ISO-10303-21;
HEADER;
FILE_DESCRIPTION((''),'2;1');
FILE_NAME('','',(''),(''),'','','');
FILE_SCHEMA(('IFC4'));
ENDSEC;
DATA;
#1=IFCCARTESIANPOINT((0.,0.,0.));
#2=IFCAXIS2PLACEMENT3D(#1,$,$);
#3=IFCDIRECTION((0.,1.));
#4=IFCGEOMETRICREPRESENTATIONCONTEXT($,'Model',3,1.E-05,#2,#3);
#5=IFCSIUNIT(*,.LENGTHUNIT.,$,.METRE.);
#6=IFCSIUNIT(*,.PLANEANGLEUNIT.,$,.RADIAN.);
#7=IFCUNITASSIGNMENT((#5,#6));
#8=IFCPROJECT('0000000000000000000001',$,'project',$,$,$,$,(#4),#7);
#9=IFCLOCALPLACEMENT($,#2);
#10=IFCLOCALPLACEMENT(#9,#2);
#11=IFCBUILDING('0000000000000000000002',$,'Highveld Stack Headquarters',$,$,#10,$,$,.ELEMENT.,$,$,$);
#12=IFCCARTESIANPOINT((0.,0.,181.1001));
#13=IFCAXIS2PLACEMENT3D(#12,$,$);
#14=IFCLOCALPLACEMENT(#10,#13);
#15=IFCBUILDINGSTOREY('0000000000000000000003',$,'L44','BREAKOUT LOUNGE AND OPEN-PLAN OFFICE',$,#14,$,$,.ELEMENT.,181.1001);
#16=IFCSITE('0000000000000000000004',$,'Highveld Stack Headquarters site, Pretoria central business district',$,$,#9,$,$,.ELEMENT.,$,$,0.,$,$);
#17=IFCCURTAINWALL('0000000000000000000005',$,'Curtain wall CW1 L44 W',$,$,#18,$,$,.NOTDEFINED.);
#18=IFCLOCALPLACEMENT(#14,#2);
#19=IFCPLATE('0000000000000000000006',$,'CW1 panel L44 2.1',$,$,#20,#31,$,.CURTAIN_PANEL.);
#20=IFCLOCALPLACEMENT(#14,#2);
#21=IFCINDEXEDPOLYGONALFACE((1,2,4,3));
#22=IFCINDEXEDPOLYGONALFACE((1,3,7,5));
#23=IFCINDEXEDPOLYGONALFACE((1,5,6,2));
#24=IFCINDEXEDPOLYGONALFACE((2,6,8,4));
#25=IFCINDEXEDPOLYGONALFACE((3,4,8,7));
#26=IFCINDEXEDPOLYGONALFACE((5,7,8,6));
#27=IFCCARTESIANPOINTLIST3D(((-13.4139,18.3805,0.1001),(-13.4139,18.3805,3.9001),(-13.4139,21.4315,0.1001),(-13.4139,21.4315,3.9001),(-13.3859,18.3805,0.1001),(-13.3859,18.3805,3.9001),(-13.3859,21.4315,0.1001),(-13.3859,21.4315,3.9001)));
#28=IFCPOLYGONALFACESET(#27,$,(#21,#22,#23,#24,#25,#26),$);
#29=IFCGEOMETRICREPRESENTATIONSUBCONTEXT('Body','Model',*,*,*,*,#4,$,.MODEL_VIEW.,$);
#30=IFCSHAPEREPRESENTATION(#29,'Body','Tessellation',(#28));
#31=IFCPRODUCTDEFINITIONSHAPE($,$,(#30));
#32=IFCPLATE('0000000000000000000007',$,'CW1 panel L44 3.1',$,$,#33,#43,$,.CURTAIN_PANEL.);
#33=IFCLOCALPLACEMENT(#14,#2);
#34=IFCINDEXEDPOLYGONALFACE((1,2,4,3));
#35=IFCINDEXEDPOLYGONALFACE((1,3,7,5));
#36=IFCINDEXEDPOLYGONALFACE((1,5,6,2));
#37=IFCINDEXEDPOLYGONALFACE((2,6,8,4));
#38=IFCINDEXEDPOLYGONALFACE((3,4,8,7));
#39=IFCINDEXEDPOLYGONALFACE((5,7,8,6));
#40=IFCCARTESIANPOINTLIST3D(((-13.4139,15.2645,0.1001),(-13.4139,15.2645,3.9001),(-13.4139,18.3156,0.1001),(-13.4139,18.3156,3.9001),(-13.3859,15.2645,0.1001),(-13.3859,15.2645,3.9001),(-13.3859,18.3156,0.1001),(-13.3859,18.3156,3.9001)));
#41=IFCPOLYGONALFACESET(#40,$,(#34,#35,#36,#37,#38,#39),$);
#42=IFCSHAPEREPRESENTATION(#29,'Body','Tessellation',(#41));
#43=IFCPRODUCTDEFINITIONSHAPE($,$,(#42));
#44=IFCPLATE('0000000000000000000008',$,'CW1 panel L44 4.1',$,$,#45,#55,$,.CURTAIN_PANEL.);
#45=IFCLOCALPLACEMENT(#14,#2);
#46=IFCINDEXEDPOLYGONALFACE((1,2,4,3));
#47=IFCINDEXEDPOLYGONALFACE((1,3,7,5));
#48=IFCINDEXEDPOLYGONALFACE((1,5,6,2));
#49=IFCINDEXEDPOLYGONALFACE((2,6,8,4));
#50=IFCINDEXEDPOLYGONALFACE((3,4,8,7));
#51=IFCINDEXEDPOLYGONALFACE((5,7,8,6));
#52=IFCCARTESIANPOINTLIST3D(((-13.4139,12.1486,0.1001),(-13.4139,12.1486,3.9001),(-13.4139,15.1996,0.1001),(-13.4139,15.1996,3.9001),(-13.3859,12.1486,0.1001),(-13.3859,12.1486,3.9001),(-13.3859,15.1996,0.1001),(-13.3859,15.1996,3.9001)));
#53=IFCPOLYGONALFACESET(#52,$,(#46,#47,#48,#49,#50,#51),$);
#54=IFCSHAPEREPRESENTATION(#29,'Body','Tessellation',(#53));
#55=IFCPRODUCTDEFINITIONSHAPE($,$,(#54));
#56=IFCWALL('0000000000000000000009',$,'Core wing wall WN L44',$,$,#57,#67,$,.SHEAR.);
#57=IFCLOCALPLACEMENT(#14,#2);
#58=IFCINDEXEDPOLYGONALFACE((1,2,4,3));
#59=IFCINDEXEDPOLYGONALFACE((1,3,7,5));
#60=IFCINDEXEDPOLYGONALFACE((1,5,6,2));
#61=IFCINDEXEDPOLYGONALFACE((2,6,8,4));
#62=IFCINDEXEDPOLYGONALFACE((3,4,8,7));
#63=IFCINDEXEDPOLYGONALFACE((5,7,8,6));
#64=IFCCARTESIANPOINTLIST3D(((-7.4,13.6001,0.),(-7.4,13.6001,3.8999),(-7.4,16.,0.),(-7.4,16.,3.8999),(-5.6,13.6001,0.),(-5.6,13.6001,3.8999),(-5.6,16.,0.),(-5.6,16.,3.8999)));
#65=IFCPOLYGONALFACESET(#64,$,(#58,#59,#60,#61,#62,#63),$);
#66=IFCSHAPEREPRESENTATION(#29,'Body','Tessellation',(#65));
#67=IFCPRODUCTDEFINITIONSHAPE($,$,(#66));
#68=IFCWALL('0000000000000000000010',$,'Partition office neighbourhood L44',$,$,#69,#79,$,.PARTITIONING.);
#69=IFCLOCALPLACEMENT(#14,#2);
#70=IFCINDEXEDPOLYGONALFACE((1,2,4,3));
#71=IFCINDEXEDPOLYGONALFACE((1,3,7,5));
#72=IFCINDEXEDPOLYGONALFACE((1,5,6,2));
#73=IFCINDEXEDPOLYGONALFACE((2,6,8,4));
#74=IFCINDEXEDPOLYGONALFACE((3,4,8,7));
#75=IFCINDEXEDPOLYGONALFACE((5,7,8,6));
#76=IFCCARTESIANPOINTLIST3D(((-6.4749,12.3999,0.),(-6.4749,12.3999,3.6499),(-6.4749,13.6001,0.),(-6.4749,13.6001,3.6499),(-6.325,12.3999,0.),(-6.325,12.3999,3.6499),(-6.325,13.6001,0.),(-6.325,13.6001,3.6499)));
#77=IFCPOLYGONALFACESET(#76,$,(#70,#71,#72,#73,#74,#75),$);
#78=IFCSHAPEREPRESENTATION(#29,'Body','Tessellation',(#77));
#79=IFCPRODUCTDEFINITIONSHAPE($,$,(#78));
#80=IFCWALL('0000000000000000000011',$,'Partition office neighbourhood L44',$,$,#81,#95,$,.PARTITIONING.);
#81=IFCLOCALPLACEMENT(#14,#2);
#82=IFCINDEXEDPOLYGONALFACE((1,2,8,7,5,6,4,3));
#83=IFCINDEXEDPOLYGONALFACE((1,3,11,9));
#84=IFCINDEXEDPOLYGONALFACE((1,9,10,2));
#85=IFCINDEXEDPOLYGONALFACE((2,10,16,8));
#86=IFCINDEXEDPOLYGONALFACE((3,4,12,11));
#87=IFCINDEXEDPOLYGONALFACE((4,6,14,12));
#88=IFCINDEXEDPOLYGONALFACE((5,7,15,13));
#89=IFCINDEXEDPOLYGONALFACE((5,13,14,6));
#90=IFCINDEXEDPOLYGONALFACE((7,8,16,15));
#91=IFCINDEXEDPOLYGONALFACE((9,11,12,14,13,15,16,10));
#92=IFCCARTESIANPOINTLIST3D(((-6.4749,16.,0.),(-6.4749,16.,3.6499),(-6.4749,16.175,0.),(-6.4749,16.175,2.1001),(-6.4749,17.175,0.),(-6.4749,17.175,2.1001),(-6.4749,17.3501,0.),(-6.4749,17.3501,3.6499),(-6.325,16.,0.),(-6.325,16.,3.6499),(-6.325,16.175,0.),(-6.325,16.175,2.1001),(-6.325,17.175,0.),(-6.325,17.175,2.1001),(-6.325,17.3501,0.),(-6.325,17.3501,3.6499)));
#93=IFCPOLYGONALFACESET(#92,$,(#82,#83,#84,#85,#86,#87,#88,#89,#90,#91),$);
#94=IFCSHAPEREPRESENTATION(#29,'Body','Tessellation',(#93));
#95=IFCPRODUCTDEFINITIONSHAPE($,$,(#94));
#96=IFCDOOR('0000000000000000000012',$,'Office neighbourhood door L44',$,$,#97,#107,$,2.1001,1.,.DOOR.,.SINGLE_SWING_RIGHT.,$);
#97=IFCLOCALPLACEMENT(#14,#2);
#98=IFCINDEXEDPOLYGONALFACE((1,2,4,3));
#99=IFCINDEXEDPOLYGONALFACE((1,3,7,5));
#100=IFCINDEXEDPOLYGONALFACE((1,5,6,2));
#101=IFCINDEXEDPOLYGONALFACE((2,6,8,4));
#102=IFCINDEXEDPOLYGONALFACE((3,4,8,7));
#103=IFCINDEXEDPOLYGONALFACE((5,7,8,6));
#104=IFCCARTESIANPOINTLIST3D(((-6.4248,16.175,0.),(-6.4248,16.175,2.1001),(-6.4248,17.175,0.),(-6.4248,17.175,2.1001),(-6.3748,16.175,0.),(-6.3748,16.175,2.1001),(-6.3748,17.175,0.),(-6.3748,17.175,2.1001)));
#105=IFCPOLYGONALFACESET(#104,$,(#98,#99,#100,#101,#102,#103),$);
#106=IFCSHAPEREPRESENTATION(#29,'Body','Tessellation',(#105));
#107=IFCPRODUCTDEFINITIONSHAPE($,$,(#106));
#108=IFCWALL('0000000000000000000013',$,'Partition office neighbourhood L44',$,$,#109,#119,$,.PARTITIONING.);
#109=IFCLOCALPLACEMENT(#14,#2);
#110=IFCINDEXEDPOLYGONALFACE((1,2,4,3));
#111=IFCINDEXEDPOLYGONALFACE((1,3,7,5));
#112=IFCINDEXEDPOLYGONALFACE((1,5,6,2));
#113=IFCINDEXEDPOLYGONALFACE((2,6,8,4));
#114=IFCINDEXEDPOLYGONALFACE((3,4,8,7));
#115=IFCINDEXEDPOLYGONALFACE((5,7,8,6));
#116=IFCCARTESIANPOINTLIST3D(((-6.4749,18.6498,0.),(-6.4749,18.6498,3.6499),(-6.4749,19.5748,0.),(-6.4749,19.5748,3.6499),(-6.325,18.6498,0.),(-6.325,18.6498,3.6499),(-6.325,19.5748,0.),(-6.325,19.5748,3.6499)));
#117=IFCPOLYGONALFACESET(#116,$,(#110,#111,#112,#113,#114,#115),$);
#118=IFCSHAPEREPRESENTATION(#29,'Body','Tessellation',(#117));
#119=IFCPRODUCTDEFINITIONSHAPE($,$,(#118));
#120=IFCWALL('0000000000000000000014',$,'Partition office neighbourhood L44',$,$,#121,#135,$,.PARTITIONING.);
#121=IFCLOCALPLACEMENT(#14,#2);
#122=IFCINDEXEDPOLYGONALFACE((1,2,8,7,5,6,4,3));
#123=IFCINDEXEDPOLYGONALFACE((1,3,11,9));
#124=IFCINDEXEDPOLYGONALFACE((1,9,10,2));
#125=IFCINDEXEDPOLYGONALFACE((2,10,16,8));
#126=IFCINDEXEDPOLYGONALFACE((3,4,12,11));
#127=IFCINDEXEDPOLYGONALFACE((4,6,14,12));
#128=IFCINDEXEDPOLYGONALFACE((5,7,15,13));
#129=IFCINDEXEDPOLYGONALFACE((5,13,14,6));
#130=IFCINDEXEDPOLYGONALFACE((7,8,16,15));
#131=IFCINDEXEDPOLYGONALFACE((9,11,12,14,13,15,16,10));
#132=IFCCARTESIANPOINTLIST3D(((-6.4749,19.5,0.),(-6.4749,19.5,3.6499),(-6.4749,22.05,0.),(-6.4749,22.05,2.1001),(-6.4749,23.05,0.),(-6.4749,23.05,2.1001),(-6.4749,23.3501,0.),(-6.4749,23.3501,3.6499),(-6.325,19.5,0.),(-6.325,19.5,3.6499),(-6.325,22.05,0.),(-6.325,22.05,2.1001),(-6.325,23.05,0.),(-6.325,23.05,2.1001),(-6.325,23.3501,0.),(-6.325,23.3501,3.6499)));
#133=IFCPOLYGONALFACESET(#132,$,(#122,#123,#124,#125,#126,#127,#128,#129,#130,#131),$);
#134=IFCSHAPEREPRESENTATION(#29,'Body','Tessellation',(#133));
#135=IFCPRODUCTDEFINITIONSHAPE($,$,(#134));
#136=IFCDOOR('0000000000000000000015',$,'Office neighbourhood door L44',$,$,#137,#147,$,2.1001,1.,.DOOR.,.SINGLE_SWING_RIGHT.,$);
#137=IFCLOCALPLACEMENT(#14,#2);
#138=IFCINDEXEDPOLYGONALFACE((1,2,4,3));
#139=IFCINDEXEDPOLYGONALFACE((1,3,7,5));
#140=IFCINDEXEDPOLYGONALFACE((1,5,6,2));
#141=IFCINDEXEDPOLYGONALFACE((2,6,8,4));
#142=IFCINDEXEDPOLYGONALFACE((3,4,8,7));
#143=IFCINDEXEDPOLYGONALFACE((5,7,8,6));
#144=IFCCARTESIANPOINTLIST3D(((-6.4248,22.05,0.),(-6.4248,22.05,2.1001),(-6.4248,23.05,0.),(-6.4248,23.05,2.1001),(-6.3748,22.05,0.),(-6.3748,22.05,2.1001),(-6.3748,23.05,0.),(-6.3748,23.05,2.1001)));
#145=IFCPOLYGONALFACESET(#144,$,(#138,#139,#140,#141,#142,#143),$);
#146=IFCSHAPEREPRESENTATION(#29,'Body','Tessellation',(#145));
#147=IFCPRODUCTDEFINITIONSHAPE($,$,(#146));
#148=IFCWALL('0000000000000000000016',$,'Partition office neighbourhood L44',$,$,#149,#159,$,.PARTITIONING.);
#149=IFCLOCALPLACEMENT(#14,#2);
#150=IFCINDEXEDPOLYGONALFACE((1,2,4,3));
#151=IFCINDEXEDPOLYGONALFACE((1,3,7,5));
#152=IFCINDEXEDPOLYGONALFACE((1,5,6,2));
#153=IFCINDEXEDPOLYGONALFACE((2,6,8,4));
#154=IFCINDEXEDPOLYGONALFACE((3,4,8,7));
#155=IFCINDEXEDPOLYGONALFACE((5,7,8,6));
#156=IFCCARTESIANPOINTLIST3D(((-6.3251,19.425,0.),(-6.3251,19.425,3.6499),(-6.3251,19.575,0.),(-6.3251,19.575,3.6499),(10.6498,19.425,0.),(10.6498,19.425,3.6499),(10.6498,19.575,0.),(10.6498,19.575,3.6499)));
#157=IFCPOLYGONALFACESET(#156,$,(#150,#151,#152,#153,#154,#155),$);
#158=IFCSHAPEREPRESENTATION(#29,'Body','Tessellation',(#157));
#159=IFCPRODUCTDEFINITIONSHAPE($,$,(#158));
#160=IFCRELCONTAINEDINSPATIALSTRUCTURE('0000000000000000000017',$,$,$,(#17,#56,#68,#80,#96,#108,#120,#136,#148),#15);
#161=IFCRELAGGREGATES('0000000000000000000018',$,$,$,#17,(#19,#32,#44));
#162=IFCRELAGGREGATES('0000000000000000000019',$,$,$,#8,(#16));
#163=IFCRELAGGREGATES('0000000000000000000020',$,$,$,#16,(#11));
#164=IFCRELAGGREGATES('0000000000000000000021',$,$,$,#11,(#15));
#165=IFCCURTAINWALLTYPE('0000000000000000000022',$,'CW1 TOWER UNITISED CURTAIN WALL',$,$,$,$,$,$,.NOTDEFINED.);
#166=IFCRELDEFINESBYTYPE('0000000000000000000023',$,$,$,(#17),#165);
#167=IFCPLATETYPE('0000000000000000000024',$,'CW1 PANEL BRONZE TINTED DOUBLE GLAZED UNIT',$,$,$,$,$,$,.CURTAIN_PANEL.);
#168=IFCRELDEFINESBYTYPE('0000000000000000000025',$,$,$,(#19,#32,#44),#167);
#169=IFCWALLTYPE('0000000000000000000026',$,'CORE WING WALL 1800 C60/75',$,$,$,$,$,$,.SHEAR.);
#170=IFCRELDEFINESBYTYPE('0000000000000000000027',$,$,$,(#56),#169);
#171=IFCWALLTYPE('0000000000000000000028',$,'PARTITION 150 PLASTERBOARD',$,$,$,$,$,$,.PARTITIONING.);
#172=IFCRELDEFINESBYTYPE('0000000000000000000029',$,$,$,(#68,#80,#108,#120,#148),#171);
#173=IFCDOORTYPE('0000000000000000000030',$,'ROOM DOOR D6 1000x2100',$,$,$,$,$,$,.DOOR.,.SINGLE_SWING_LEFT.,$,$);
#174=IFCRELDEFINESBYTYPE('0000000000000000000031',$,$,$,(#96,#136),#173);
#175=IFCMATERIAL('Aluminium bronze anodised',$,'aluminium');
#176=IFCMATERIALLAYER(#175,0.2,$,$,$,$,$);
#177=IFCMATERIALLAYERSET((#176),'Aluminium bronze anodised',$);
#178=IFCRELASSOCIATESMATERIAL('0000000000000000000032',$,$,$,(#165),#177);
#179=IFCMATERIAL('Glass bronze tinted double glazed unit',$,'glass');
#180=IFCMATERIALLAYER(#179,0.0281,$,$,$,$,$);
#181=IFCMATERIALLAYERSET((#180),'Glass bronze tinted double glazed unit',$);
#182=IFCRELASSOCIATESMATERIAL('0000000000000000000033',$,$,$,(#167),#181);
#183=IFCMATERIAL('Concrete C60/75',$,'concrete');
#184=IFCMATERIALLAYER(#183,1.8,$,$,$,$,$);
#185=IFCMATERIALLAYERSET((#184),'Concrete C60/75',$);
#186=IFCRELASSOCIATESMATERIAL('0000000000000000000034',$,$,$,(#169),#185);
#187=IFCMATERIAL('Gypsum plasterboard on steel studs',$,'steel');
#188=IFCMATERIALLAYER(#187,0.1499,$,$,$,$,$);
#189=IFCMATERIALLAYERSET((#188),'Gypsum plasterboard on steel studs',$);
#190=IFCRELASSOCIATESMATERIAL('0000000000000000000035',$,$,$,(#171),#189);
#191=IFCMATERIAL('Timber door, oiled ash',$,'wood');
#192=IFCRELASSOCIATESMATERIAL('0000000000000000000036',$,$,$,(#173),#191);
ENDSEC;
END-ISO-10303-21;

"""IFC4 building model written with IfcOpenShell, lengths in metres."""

from ifc_helpers import new_model, si_unit, direction, frame, frame_2d, origin, origin_2d, place, context, subcontext, project, spatial, rectangle, extrude, material, layer, layer_set, type_object, element, fill, aggregate, save


model = new_model("IFC4")

# Units and contexts
model_context = context("Model", 3, precision=1e-05, world=origin(), true_north=direction((0.0, 1.0)))
body_context = subcontext(model_context, "Body", "Model", "MODEL_VIEW")
ifc_project = project(units=[si_unit("LENGTHUNIT", "METRE"), si_unit("PLANEANGLEUNIT", "RADIAN")], contexts=[model_context])

# Site, building, storey
site_placement = place(None, origin())
site = spatial("IfcSite", under=ifc_project, at=site_placement, Name="Highveld Stack Headquarters site, Pretoria central business district", CompositionType="ELEMENT", RefElevation=0.0)
building_placement = place(site_placement, origin())
building = spatial("IfcBuilding", under=site, at=building_placement, Name="Highveld Stack Headquarters", CompositionType="ELEMENT")
storey_placement = place(building_placement, frame((0.0, 0.0, 181.1001)))
storey = spatial("IfcBuildingStorey", under=building, at=storey_placement, Name="L44", Description="BREAKOUT LOUNGE AND OPEN-PLAN OFFICE", CompositionType="ELEMENT", Elevation=181.1001)

# Curtain wall, plates
ifc_material_1 = material(Name="Aluminium bronze anodised", Category="aluminium")
ifc_layer_1 = layer(ifc_material_1, 0.2)
ifc_layer_set_1 = layer_set([ifc_layer_1], Name="Aluminium bronze anodised")
curtain_wall_type = type_object("IfcCurtainWallType", Name="CW1 TOWER UNITISED CURTAIN WALL", PredefinedType="NOTDEFINED", material=ifc_layer_set_1)
curtain_wall_placement = place(storey_placement, origin())
curtain_wall = element("IfcCurtainWall", 1, at=curtain_wall_placement, inside=storey, type_object=curtain_wall_type, Name="Curtain wall CW1 L44 W", PredefinedType="NOTDEFINED")
ifc_material_2 = material(Name="Glass bronze tinted double glazed unit", Category="glass")
ifc_layer_2 = layer(ifc_material_2, 0.0281)
ifc_layer_set_2 = layer_set([ifc_layer_2], Name="Glass bronze tinted double glazed unit")
plate_type = type_object("IfcPlateType", Name="CW1 PANEL BRONZE TINTED DOUBLE GLAZED UNIT", PredefinedType="CURTAIN_PANEL", material=ifc_layer_set_2)
plate_1_placement = place(storey_placement, frame((-13.3999, 19.906, 0.1001), z_axis=(0.0, 0.0, 1.0), x_axis=(0.0, -1.0, 0.0)))
plate_1 = element("IfcPlate", 2, at=plate_1_placement, type_object=plate_type, Name="CW1 panel L44 2.1", PredefinedType="CURTAIN_PANEL", context=body_context, shape_type="SweptSolid", body=[
    extrude(rectangle(XDim=3.051, YDim=0.0281, at=origin_2d()), origin(), (0.0, 0.0, 1.0), 3.8),
])
plate_2_placement = place(storey_placement, frame((-13.3999, 16.79, 0.1001), z_axis=(0.0, 0.0, 1.0), x_axis=(0.0, -1.0, 0.0)))
plate_2 = element("IfcPlate", 3, at=plate_2_placement, type_object=plate_type, Name="CW1 panel L44 3.1", PredefinedType="CURTAIN_PANEL", context=body_context, shape_type="SweptSolid", body=[
    extrude(rectangle(XDim=3.051, YDim=0.0281, at=origin_2d()), origin(), (0.0, 0.0, 1.0), 3.8),
])
plate_3_placement = place(storey_placement, frame((-13.3999, 13.6741, 0.1001), z_axis=(0.0, 0.0, 1.0), x_axis=(0.0, -1.0, 0.0)))
plate_3 = element("IfcPlate", 4, at=plate_3_placement, type_object=plate_type, Name="CW1 panel L44 4.1", PredefinedType="CURTAIN_PANEL", context=body_context, shape_type="SweptSolid", body=[
    extrude(rectangle(XDim=3.051, YDim=0.0281, at=origin_2d()), origin(), (0.0, 0.0, 1.0), 3.8),
])
aggregate(curtain_wall, [plate_1, plate_2, plate_3])

# Walls
ifc_material_3 = material(Name="Concrete C60/75", Category="concrete")
ifc_layer_3 = layer(ifc_material_3, 1.8)
ifc_layer_set_3 = layer_set([ifc_layer_3], Name="Concrete C60/75")
wall_type_1 = type_object("IfcWallType", Name="CORE WING WALL 1800 C60/75", PredefinedType="SHEAR", material=ifc_layer_set_3)
wall_1_placement = place(storey_placement, frame((-6.5, 13.6001, 0.0), z_axis=(0.0, 0.0, 1.0), x_axis=(0.0, 1.0, 0.0)))
element("IfcWall", 5, at=wall_1_placement, inside=storey, type_object=wall_type_1, Name="Core wing wall WN L44", PredefinedType="SHEAR", context=body_context, shape_type="SweptSolid", body=[
    extrude(rectangle(XDim=2.3999, YDim=1.8, at=frame_2d((1.2, 0.0))), origin(), (0.0, 0.0, 1.0), 3.8999),
])
ifc_material_4 = material(Name="Gypsum plasterboard on steel studs", Category="steel")
ifc_layer_4 = layer(ifc_material_4, 0.1499)
ifc_layer_set_4 = layer_set([ifc_layer_4], Name="Gypsum plasterboard on steel studs")
wall_type_2 = type_object("IfcWallType", Name="PARTITION 150 PLASTERBOARD", PredefinedType="PARTITIONING", material=ifc_layer_set_4)
wall_2_placement = place(storey_placement, frame((-6.3999, 12.3999, 0.0), z_axis=(0.0, 0.0, 1.0), x_axis=(0.0, 1.0, 0.0)))
element("IfcWall", 6, at=wall_2_placement, inside=storey, type_object=wall_type_2, Name="Partition office neighbourhood L44", PredefinedType="PARTITIONING", context=body_context, shape_type="SweptSolid", body=[
    extrude(rectangle(XDim=1.2002, YDim=0.1499, at=frame_2d((0.6001, 0.0))), origin(), (0.0, 0.0, 1.0), 3.6499),
])

# Wall, opening, door
wall_3_placement = place(storey_placement, frame((-6.3999, 16.0, 0.0), z_axis=(0.0, 0.0, 1.0), x_axis=(0.0, 1.0, 0.0)))
wall_3 = element("IfcWall", 7, at=wall_3_placement, inside=storey, type_object=wall_type_2, Name="Partition office neighbourhood L44", PredefinedType="PARTITIONING", context=body_context, shape_type="SweptSolid", body=[
    extrude(rectangle(XDim=1.3501, YDim=0.1499, at=frame_2d((0.675, 0.0))), origin(), (0.0, 0.0, 1.0), 3.6499),
])
opening_1_placement = place(wall_3_placement, frame((0.175, 0.0, 0.0)))
opening_1 = element("IfcOpeningElement", 8, at=opening_1_placement, cuts=wall_3, PredefinedType="OPENING", context=body_context, shape_type="SweptSolid", body=[
    extrude(rectangle(XDim=1.0, YDim=2.1001, at=frame_2d((0.5, 1.05))), frame((0.0, 0.085, 0.0), z_axis=(0.0, -1.0, 0.0), x_axis=(1.0, 0.0, 0.0)), (0.0, 0.0, 1.0), 0.1699),
])
ifc_material_5 = material(Name="Timber door, oiled ash", Category="wood")
door_type = type_object("IfcDoorType", Name="ROOM DOOR D6 1000x2100", OperationType="SINGLE_SWING_LEFT", PredefinedType="DOOR", material=ifc_material_5)
door_1_placement = place(opening_1_placement, origin())
door_1 = element("IfcDoor", 9, at=door_1_placement, inside=storey, type_object=door_type, Name="Office neighbourhood door L44", OperationType="SINGLE_SWING_RIGHT", OverallHeight=2.1001, OverallWidth=1.0, PredefinedType="DOOR", context=body_context, shape_type="SweptSolid", body=[
    extrude(rectangle(XDim=1.0, YDim=2.1001, at=frame_2d((0.5, 1.05))), frame((0.0, 0.0249, 0.0), z_axis=(0.0, -1.0, 0.0), x_axis=(1.0, 0.0, 0.0)), (0.0, 0.0, 1.0), 0.05),
])
fill(opening_1, door_1)

# Wall
wall_4_placement = place(storey_placement, frame((-6.3999, 18.6499, 0.0), z_axis=(0.0, 0.0, 1.0), x_axis=(0.0, 1.0, 0.0)))
element("IfcWall", 10, at=wall_4_placement, inside=storey, type_object=wall_type_2, Name="Partition office neighbourhood L44", PredefinedType="PARTITIONING", context=body_context, shape_type="SweptSolid", body=[
    extrude(rectangle(XDim=0.925, YDim=0.1499, at=frame_2d((0.4624, 0.0))), origin(), (0.0, 0.0, 1.0), 3.6499),
])

# Wall, opening, door
wall_5_placement = place(storey_placement, frame((-6.3999, 19.5, 0.0), z_axis=(0.0, 0.0, 1.0), x_axis=(0.0, 1.0, 0.0)))
wall_5 = element("IfcWall", 11, at=wall_5_placement, inside=storey, type_object=wall_type_2, Name="Partition office neighbourhood L44", PredefinedType="PARTITIONING", context=body_context, shape_type="SweptSolid", body=[
    extrude(rectangle(XDim=3.8501, YDim=0.1499, at=frame_2d((1.925, 0.0))), origin(), (0.0, 0.0, 1.0), 3.6499),
])
opening_2_placement = place(wall_5_placement, frame((2.55, 0.0, 0.0)))
opening_2 = element("IfcOpeningElement", 12, at=opening_2_placement, cuts=wall_5, PredefinedType="OPENING", context=body_context, shape_type="SweptSolid", body=[
    extrude(rectangle(XDim=1.0, YDim=2.1001, at=frame_2d((0.5, 1.05))), frame((0.0, 0.085, 0.0), z_axis=(0.0, -1.0, 0.0), x_axis=(1.0, 0.0, 0.0)), (0.0, 0.0, 1.0), 0.1699),
])
door_2_placement = place(opening_2_placement, origin())
door_2 = element("IfcDoor", 13, at=door_2_placement, inside=storey, type_object=door_type, Name="Office neighbourhood door L44", OperationType="SINGLE_SWING_RIGHT", OverallHeight=2.1001, OverallWidth=1.0, PredefinedType="DOOR", context=body_context, shape_type="SweptSolid", body=[
    extrude(rectangle(XDim=1.0, YDim=2.1001, at=frame_2d((0.5, 1.05))), frame((0.0, 0.0249, 0.0), z_axis=(0.0, -1.0, 0.0), x_axis=(1.0, 0.0, 0.0)), (0.0, 0.0, 1.0), 0.05),
])
fill(opening_2, door_2)

# Wall
wall_6_placement = place(storey_placement, frame((-6.325, 19.5, 0.0), z_axis=(0.0, 0.0, 1.0), x_axis=(1.0, 0.0, 0.0)))
element("IfcWall", 14, at=wall_6_placement, inside=storey, type_object=wall_type_2, Name="Partition office neighbourhood L44", PredefinedType="PARTITIONING", context=body_context, shape_type="SweptSolid", body=[
    extrude(rectangle(XDim=16.9749, YDim=0.1499, at=frame_2d((8.4873, 0.0))), origin(), (0.0, 0.0, 1.0), 3.6499),
])

save(model, "model.ifc")
